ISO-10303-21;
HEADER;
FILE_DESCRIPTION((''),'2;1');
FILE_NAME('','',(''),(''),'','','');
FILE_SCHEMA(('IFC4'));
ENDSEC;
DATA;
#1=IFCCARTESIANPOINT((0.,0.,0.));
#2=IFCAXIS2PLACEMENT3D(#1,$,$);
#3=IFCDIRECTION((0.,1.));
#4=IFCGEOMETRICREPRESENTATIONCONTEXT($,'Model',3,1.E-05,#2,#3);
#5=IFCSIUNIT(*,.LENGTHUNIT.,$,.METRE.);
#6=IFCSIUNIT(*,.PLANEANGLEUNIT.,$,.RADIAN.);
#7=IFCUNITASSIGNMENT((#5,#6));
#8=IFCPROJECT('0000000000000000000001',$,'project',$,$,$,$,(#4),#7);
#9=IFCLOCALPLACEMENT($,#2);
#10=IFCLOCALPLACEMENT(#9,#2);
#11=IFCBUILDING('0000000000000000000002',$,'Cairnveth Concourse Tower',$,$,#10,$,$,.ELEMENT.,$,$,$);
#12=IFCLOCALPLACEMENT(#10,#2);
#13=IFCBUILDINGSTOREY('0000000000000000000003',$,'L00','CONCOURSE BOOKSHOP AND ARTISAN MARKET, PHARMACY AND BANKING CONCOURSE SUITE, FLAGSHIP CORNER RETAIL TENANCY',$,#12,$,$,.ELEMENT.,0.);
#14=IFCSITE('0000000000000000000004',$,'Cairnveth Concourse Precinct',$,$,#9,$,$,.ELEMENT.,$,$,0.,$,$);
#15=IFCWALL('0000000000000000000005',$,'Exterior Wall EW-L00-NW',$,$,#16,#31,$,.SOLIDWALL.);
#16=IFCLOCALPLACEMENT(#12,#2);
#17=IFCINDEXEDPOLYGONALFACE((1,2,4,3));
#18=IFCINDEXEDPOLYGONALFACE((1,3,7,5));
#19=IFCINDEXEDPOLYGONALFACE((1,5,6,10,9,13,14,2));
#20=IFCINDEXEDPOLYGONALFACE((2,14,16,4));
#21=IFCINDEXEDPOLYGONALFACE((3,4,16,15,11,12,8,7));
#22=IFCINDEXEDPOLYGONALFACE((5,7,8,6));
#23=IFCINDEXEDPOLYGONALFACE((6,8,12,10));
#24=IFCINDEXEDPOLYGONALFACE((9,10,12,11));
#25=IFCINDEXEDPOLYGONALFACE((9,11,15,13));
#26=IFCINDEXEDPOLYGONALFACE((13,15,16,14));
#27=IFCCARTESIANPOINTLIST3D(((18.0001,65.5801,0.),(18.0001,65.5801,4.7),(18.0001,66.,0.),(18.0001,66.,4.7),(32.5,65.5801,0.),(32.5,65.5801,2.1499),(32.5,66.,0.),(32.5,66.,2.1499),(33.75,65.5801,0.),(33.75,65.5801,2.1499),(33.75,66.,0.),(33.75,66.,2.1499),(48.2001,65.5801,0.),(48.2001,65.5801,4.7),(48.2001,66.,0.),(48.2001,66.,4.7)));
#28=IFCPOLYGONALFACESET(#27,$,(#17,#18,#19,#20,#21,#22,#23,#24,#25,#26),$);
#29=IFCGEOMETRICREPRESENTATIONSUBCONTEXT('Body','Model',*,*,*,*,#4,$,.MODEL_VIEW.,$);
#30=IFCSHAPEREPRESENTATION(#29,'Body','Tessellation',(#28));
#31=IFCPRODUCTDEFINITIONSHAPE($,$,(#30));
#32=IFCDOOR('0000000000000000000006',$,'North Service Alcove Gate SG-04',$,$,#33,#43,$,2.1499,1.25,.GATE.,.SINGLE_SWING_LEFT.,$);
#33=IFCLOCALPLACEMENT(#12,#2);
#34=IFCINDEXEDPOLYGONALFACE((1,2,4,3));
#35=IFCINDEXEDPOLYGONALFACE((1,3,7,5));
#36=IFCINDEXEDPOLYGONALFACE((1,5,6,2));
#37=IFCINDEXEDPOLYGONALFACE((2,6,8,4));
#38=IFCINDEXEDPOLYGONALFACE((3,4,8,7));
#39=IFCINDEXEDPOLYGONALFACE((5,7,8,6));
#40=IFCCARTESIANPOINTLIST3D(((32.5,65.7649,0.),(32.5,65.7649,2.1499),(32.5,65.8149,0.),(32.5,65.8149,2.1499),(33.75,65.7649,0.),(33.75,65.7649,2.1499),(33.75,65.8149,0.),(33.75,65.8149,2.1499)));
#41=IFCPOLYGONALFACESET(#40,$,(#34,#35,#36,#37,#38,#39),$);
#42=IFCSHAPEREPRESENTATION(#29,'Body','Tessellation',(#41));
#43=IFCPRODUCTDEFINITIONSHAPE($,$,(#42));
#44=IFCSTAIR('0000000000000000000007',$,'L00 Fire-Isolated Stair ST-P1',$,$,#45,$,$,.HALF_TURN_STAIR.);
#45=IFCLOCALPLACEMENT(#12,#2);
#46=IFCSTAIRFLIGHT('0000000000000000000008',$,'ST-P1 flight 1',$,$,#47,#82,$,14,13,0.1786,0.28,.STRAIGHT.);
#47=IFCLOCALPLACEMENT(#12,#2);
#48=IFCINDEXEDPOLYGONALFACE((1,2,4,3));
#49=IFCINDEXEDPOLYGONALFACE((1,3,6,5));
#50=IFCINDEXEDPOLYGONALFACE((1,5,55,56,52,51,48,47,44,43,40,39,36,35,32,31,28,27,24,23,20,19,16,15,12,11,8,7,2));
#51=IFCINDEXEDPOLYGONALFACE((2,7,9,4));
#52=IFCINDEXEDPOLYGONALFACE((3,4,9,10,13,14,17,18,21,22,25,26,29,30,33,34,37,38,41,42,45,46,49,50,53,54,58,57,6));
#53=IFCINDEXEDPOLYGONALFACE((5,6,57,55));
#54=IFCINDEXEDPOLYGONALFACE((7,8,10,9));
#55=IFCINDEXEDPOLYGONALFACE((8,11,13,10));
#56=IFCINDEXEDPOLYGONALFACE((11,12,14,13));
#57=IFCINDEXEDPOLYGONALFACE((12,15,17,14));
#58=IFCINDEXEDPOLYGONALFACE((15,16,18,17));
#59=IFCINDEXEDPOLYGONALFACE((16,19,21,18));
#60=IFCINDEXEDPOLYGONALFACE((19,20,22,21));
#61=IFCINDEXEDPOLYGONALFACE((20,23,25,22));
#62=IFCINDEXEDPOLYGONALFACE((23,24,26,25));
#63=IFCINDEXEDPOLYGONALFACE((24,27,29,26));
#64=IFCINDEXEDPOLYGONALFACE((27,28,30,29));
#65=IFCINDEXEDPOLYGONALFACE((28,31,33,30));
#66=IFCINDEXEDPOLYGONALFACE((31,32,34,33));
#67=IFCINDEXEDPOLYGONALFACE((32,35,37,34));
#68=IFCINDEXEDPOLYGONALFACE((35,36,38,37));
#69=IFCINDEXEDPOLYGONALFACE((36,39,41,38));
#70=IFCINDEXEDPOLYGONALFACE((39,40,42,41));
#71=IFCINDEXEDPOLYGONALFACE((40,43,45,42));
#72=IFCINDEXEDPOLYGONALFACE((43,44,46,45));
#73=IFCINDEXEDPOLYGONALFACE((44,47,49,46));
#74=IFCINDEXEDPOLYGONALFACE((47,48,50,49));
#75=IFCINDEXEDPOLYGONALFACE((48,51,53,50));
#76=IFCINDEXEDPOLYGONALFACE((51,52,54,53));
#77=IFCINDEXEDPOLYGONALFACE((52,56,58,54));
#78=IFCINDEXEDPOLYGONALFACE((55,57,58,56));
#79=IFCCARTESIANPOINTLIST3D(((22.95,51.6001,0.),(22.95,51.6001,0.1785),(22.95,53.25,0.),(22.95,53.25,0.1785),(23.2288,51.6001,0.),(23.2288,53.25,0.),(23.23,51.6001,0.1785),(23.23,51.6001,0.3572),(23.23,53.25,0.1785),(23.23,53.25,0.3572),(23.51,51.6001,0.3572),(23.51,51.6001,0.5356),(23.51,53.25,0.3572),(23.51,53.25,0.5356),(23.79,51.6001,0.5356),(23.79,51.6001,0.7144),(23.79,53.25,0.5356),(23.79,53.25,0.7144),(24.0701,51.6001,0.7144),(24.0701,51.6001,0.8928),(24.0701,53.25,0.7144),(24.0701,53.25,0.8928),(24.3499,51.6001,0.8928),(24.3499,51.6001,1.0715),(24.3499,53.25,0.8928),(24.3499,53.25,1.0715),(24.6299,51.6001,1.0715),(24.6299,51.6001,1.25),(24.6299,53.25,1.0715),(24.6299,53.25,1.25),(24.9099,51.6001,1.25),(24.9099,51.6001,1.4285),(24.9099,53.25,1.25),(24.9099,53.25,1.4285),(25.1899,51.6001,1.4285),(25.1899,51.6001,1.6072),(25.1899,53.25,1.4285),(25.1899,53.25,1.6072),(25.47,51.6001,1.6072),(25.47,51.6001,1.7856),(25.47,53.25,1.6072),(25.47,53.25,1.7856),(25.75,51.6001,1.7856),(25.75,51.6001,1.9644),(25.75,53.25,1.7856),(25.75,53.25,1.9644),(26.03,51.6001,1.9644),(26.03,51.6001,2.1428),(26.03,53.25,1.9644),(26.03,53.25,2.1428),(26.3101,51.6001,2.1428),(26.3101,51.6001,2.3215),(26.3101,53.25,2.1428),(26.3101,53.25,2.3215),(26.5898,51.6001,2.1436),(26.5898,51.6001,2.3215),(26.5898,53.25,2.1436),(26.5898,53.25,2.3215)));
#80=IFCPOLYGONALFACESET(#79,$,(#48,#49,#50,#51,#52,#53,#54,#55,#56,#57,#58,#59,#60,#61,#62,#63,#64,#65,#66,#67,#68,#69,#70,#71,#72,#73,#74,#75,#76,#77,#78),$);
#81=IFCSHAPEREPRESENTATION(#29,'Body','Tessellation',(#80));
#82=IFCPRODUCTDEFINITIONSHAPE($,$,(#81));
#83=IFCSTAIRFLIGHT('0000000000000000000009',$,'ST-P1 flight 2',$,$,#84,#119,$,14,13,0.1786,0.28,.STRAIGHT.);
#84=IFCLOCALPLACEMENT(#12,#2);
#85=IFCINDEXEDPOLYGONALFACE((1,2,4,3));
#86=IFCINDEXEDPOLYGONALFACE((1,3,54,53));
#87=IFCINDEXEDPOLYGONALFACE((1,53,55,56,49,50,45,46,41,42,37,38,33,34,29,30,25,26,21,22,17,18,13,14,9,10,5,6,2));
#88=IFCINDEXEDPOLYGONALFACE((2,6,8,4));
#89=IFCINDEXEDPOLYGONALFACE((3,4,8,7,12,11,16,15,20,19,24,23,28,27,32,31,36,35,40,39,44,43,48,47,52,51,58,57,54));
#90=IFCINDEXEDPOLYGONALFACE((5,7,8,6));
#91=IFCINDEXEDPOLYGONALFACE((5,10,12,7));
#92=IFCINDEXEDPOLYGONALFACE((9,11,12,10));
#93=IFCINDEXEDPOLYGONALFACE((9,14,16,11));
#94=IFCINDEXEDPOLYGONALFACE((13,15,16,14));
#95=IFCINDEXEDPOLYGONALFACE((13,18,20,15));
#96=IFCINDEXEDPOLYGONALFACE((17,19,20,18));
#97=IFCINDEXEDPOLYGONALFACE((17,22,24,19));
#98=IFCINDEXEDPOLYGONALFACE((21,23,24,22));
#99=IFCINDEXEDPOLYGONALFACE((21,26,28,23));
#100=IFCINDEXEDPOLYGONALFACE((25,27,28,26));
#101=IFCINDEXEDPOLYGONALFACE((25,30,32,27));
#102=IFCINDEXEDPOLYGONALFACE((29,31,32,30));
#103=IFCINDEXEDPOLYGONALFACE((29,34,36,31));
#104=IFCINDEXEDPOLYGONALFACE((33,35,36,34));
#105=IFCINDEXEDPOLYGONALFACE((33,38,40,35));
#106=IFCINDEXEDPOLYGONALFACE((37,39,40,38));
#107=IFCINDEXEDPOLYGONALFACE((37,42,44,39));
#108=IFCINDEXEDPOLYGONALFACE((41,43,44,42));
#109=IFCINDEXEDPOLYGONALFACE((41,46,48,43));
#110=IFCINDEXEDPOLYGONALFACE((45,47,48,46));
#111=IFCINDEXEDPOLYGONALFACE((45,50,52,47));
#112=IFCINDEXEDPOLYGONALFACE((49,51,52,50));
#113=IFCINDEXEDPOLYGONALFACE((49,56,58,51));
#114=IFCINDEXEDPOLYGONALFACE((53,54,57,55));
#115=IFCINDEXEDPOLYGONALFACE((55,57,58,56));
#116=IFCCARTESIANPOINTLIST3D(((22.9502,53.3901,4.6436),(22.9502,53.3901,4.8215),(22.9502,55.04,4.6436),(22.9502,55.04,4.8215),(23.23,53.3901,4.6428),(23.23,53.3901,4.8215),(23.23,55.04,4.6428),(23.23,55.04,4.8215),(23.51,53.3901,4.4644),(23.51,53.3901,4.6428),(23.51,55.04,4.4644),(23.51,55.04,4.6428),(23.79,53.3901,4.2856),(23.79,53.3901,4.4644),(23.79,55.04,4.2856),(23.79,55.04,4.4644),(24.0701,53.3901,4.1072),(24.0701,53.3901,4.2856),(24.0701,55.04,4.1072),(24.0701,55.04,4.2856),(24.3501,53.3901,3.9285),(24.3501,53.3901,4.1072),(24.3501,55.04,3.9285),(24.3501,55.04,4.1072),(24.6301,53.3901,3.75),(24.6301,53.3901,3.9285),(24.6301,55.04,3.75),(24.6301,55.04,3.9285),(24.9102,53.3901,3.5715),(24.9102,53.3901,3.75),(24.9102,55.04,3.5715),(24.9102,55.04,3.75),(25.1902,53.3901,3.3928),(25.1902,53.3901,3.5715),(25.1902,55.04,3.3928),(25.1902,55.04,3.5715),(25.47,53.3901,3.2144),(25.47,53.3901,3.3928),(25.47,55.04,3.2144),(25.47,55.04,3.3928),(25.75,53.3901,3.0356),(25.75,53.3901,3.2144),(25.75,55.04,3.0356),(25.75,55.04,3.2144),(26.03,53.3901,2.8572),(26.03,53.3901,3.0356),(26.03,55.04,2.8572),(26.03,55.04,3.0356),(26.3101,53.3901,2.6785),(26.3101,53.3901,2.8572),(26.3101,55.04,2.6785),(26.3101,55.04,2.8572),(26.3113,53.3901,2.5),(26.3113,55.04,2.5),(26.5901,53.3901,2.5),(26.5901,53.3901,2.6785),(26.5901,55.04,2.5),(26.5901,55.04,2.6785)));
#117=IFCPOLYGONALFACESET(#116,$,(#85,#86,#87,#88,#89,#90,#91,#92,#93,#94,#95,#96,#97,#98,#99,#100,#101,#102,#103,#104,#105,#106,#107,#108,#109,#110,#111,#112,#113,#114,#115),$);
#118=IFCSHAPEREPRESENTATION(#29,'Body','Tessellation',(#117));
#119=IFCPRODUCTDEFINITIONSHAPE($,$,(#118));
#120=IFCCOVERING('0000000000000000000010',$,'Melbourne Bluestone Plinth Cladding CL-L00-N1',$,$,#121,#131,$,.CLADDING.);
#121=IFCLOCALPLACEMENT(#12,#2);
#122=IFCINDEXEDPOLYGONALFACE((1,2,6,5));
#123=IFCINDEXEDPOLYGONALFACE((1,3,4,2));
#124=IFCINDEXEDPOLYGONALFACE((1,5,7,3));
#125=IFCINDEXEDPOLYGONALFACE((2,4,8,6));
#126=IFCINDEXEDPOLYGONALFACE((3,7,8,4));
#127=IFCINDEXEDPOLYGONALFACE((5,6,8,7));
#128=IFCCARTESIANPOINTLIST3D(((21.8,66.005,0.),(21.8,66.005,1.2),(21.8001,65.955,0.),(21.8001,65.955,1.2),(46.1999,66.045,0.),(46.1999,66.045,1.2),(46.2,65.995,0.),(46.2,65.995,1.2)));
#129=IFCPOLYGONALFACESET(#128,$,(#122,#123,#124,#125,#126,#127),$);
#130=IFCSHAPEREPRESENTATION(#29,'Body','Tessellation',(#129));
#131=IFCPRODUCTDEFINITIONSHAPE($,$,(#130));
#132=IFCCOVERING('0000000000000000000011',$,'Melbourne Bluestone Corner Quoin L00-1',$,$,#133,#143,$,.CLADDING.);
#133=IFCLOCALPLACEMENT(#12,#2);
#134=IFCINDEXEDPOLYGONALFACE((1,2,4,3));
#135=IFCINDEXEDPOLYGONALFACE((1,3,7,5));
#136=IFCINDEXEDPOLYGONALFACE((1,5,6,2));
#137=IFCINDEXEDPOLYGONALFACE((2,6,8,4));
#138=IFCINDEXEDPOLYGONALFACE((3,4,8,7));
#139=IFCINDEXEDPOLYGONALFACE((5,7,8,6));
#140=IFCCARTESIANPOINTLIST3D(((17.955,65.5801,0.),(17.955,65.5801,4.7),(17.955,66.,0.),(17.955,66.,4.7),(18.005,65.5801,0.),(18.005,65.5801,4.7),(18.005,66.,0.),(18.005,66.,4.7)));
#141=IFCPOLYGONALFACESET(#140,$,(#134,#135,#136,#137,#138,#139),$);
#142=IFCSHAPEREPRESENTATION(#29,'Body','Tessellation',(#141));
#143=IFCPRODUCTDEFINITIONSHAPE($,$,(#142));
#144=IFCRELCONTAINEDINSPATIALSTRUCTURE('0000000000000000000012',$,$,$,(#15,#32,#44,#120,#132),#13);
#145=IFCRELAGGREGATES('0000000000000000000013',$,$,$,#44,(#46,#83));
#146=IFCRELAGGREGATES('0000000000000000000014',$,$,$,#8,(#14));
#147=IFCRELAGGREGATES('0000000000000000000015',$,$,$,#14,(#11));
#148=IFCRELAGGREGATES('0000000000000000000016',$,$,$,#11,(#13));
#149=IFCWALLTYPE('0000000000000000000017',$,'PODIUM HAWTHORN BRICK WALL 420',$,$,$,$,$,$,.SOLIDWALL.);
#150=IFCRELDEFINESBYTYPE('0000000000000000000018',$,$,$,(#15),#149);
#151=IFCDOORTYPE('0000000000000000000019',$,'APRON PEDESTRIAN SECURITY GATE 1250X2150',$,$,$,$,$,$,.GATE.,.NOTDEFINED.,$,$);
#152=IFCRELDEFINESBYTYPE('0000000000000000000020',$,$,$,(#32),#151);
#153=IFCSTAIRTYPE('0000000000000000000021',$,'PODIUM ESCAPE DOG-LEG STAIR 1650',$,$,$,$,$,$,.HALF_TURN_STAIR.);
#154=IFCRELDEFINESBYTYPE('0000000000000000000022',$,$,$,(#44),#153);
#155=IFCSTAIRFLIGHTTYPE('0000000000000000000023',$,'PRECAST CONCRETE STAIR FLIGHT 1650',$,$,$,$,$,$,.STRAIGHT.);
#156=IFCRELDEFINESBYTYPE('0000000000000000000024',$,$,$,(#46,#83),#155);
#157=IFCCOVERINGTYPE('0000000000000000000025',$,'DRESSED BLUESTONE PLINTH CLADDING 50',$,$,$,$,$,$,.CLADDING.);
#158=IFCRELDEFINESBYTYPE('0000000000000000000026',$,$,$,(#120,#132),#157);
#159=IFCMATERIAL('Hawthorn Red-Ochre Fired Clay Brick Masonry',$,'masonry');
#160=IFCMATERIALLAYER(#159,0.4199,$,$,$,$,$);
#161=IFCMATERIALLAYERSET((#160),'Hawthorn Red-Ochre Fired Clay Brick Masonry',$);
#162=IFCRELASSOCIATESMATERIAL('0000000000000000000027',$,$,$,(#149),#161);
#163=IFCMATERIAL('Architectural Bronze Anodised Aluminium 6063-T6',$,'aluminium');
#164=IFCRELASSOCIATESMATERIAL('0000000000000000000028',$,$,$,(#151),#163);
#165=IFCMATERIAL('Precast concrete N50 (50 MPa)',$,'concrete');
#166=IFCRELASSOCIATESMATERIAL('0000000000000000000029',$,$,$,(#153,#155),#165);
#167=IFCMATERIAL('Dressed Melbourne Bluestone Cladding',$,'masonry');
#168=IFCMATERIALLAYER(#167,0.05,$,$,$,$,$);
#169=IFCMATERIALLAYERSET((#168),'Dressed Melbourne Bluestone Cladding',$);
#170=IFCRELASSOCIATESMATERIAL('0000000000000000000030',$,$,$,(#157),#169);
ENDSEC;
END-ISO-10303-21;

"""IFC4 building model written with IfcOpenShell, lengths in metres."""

from ifc_helpers import new_model, si_unit, direction, frame, frame_2d, origin, place, context, subcontext, project, spatial, polyline, rectangle, outline, extrude, material, layer, layer_set, type_object, element, fill, aggregate, save


model = new_model("IFC4")

# Units and contexts
model_context = context("Model", 3, precision=1e-05, world=origin(), true_north=direction((0.0, 1.0)))
body_context = subcontext(model_context, "Body", "Model", "MODEL_VIEW")
ifc_project = project(units=[si_unit("LENGTHUNIT", "METRE"), si_unit("PLANEANGLEUNIT", "RADIAN")], contexts=[model_context])

# Site, building, storey
site_placement = place(None, origin())
site = spatial("IfcSite", under=ifc_project, at=site_placement, Name="Cairnveth Concourse Precinct", CompositionType="ELEMENT", RefElevation=0.0)
building_placement = place(site_placement, origin())
building = spatial("IfcBuilding", under=site, at=building_placement, Name="Cairnveth Concourse Tower", CompositionType="ELEMENT")
storey_placement = place(building_placement, origin())
storey = spatial("IfcBuildingStorey", under=building, at=storey_placement, Name="L00", Description="CONCOURSE BOOKSHOP AND ARTISAN MARKET, PHARMACY AND BANKING CONCOURSE SUITE, FLAGSHIP CORNER RETAIL TENANCY", CompositionType="ELEMENT", Elevation=0.0)

# Wall, opening, door
ifc_material_1 = material(Name="Hawthorn Red-Ochre Fired Clay Brick Masonry", Category="masonry")
ifc_layer_1 = layer(ifc_material_1, 0.4199)
ifc_layer_set_1 = layer_set([ifc_layer_1], Name="Hawthorn Red-Ochre Fired Clay Brick Masonry")
wall_type_1 = type_object("IfcWallType", Name="PODIUM HAWTHORN BRICK WALL 420", PredefinedType="SOLIDWALL", material=ifc_layer_set_1)
wall_1_placement = place(storey_placement, frame((18.0, 65.79, 0.0), z_axis=(0.0, 0.0, 1.0), x_axis=(1.0, 0.0, 0.0)))
wall_1 = element("IfcWall", 1, at=wall_1_placement, inside=storey, type_object=wall_type_1, Name="Exterior Wall EW-L00-NW", PredefinedType="SOLIDWALL", context=body_context, shape_type="SweptSolid", body=[
    extrude(rectangle(XDim=30.2, YDim=0.4199, at=frame_2d((15.1001, 0.0))), origin(), (0.0, 0.0, 1.0), 4.7),
])
opening_1_placement = place(wall_1_placement, frame((14.5, 0.0, 0.0)))
opening_1 = element("IfcOpeningElement", 2, at=opening_1_placement, cuts=wall_1, PredefinedType="OPENING", context=body_context, shape_type="SweptSolid", body=[
    extrude(rectangle(XDim=1.25, YDim=2.1499, at=frame_2d((0.625, 1.075))), frame((0.0, 0.22, 0.0), z_axis=(0.0, -1.0, 0.0), x_axis=(1.0, 0.0, 0.0)), (0.0, 0.0, 1.0), 0.4399),
])
ifc_material_2 = material(Name="Architectural Bronze Anodised Aluminium 6063-T6", Category="aluminium")
door_type_1 = type_object("IfcDoorType", Name="APRON PEDESTRIAN SECURITY GATE 1250X2150", OperationType="NOTDEFINED", PredefinedType="GATE", material=ifc_material_2)
door_1_placement = place(opening_1_placement, origin())
door_1 = element("IfcDoor", 3, at=door_1_placement, inside=storey, type_object=door_type_1, Name="North Service Alcove Gate SG-04", OperationType="SINGLE_SWING_LEFT", OverallHeight=2.1499, OverallWidth=1.25, PredefinedType="GATE", context=body_context, shape_type="SweptSolid", body=[
    extrude(rectangle(XDim=1.25, YDim=2.1499, at=frame_2d((0.625, 1.075))), frame((0.0, 0.0249, 0.0), z_axis=(0.0, -1.0, 0.0), x_axis=(1.0, 0.0, 0.0)), (0.0, 0.0, 1.0), 0.05),
])
fill(opening_1, door_1)

# Stair, stair flights
ifc_material_3 = material(Name="Precast concrete N50 (50 MPa)", Category="concrete")
stair_type = type_object("IfcStairType", Name="PODIUM ESCAPE DOG-LEG STAIR 1650", PredefinedType="HALF_TURN_STAIR", material=ifc_material_3)
stair_placement = place(storey_placement, origin())
stair = element("IfcStair", 4, at=stair_placement, inside=storey, type_object=stair_type, Name="L00 Fire-Isolated Stair ST-P1", PredefinedType="HALF_TURN_STAIR")
stair_flight_type = type_object("IfcStairFlightType", Name="PRECAST CONCRETE STAIR FLIGHT 1650", PredefinedType="STRAIGHT", material=ifc_material_3)
stair_flight_1_placement = place(storey_placement, frame((22.95, 52.425, 0.0), z_axis=(0.0, 0.0, 1.0), x_axis=(1.0, 0.0, 0.0)))
stair_flight_1 = element("IfcStairFlight", 5, at=stair_flight_1_placement, type_object=stair_flight_type, Name="ST-P1 flight 1", NumberOfRisers=14, NumberOfTreads=13, PredefinedType="STRAIGHT", RiserHeight=0.1786, TreadLength=0.28, context=body_context, shape_type="SweptSolid", body=[
    extrude(outline(polyline([(0.0, 0.0), (0.0, 0.1785), (0.28, 0.1785), (0.28, 0.3572), (0.5601, 0.3572), (0.5601, 0.5356), (0.8401, 0.5356), (0.8401, 0.7144), (1.1201, 0.7144), (1.1201, 0.8928), (1.3999, 0.8928), (1.3999, 1.0715), (1.6799, 1.0715), (1.6799, 1.25), (1.96, 1.25), (1.96, 1.4285), (2.24, 1.4285), (2.24, 1.6072), (2.52, 1.6072), (2.52, 1.7856), (2.8, 1.7856), (2.8, 1.9644), (3.0801, 1.9644), (3.0801, 2.1428), (3.3601, 2.1428), (3.3601, 2.3215), (3.6399, 2.3215), (3.6399, 2.5), (3.6399, 2.1436), (0.2788, 0.0), (0.0, 0.0)])), frame((0.0, 0.825, 0.0), z_axis=(0.0, -1.0, 0.0), x_axis=(1.0, 0.0, 0.0)), (0.0, 0.0, 1.0), 1.6499),
])
stair_flight_2_placement = place(storey_placement, frame((26.5901, 54.2151, 2.5), z_axis=(0.0, 0.0, 1.0), x_axis=(-1.0, 0.0, 0.0)))
stair_flight_2 = element("IfcStairFlight", 6, at=stair_flight_2_placement, type_object=stair_flight_type, Name="ST-P1 flight 2", NumberOfRisers=14, NumberOfTreads=13, PredefinedType="STRAIGHT", RiserHeight=0.1786, TreadLength=0.28, context=body_context, shape_type="SweptSolid", body=[
    extrude(outline(polyline([(0.0, 0.0), (0.0, 0.1785), (0.28, 0.1785), (0.28, 0.3572), (0.5601, 0.3572), (0.5601, 0.5356), (0.8401, 0.5356), (0.8401, 0.7144), (1.1201, 0.7144), (1.1201, 0.8928), (1.3999, 0.8928), (1.3999, 1.0715), (1.6799, 1.0715), (1.6799, 1.25), (1.96, 1.25), (1.96, 1.4285), (2.24, 1.4285), (2.24, 1.6072), (2.52, 1.6072), (2.52, 1.7856), (2.8, 1.7856), (2.8, 1.9644), (3.0801, 1.9644), (3.0801, 2.1428), (3.3601, 2.1428), (3.3601, 2.3215), (3.6399, 2.3215), (3.6399, 2.5), (3.6399, 2.1436), (0.2788, 0.0), (0.0, 0.0)])), frame((0.0, 0.825, 0.0), z_axis=(0.0, -1.0, 0.0), x_axis=(1.0, 0.0, 0.0)), (0.0, 0.0, 1.0), 1.6499),
])
aggregate(stair, [stair_flight_1, stair_flight_2])

# Coverings
ifc_material_4 = material(Name="Dressed Melbourne Bluestone Cladding", Category="masonry")
ifc_layer_2 = layer(ifc_material_4, 0.05)
ifc_layer_set_2 = layer_set([ifc_layer_2], Name="Dressed Melbourne Bluestone Cladding")
covering_type = type_object("IfcCoveringType", Name="DRESSED BLUESTONE PLINTH CLADDING 50", PredefinedType="CLADDING", material=ifc_layer_set_2)
covering_1_placement = place(storey_placement, frame((21.8, 65.98, 0.0), z_axis=(0.0, 0.0, 1.0), x_axis=(0.999999, 0.001641, 0.0)))
element("IfcCovering", 7, at=covering_1_placement, inside=storey, type_object=covering_type, Name="Melbourne Bluestone Plinth Cladding CL-L00-N1", PredefinedType="CLADDING", context=body_context, shape_type="SweptSolid", body=[
    extrude(rectangle(XDim=24.3999, YDim=0.05, at=frame_2d((12.2, 0.0))), origin(), (0.0, 0.0, 1.0), 1.2),
])
covering_2_placement = place(storey_placement, frame((17.98, 65.5801, 0.0), z_axis=(0.0, 0.0, 1.0), x_axis=(0.0, 1.0, 0.0)))
element("IfcCovering", 8, at=covering_2_placement, inside=storey, type_object=covering_type, Name="Melbourne Bluestone Corner Quoin L00-1", PredefinedType="CLADDING", context=body_context, shape_type="SweptSolid", body=[
    extrude(rectangle(XDim=0.4199, YDim=0.05, at=frame_2d((0.21, 0.0))), origin(), (0.0, 0.0, 1.0), 4.7),
])

save(model, "model.ifc")
